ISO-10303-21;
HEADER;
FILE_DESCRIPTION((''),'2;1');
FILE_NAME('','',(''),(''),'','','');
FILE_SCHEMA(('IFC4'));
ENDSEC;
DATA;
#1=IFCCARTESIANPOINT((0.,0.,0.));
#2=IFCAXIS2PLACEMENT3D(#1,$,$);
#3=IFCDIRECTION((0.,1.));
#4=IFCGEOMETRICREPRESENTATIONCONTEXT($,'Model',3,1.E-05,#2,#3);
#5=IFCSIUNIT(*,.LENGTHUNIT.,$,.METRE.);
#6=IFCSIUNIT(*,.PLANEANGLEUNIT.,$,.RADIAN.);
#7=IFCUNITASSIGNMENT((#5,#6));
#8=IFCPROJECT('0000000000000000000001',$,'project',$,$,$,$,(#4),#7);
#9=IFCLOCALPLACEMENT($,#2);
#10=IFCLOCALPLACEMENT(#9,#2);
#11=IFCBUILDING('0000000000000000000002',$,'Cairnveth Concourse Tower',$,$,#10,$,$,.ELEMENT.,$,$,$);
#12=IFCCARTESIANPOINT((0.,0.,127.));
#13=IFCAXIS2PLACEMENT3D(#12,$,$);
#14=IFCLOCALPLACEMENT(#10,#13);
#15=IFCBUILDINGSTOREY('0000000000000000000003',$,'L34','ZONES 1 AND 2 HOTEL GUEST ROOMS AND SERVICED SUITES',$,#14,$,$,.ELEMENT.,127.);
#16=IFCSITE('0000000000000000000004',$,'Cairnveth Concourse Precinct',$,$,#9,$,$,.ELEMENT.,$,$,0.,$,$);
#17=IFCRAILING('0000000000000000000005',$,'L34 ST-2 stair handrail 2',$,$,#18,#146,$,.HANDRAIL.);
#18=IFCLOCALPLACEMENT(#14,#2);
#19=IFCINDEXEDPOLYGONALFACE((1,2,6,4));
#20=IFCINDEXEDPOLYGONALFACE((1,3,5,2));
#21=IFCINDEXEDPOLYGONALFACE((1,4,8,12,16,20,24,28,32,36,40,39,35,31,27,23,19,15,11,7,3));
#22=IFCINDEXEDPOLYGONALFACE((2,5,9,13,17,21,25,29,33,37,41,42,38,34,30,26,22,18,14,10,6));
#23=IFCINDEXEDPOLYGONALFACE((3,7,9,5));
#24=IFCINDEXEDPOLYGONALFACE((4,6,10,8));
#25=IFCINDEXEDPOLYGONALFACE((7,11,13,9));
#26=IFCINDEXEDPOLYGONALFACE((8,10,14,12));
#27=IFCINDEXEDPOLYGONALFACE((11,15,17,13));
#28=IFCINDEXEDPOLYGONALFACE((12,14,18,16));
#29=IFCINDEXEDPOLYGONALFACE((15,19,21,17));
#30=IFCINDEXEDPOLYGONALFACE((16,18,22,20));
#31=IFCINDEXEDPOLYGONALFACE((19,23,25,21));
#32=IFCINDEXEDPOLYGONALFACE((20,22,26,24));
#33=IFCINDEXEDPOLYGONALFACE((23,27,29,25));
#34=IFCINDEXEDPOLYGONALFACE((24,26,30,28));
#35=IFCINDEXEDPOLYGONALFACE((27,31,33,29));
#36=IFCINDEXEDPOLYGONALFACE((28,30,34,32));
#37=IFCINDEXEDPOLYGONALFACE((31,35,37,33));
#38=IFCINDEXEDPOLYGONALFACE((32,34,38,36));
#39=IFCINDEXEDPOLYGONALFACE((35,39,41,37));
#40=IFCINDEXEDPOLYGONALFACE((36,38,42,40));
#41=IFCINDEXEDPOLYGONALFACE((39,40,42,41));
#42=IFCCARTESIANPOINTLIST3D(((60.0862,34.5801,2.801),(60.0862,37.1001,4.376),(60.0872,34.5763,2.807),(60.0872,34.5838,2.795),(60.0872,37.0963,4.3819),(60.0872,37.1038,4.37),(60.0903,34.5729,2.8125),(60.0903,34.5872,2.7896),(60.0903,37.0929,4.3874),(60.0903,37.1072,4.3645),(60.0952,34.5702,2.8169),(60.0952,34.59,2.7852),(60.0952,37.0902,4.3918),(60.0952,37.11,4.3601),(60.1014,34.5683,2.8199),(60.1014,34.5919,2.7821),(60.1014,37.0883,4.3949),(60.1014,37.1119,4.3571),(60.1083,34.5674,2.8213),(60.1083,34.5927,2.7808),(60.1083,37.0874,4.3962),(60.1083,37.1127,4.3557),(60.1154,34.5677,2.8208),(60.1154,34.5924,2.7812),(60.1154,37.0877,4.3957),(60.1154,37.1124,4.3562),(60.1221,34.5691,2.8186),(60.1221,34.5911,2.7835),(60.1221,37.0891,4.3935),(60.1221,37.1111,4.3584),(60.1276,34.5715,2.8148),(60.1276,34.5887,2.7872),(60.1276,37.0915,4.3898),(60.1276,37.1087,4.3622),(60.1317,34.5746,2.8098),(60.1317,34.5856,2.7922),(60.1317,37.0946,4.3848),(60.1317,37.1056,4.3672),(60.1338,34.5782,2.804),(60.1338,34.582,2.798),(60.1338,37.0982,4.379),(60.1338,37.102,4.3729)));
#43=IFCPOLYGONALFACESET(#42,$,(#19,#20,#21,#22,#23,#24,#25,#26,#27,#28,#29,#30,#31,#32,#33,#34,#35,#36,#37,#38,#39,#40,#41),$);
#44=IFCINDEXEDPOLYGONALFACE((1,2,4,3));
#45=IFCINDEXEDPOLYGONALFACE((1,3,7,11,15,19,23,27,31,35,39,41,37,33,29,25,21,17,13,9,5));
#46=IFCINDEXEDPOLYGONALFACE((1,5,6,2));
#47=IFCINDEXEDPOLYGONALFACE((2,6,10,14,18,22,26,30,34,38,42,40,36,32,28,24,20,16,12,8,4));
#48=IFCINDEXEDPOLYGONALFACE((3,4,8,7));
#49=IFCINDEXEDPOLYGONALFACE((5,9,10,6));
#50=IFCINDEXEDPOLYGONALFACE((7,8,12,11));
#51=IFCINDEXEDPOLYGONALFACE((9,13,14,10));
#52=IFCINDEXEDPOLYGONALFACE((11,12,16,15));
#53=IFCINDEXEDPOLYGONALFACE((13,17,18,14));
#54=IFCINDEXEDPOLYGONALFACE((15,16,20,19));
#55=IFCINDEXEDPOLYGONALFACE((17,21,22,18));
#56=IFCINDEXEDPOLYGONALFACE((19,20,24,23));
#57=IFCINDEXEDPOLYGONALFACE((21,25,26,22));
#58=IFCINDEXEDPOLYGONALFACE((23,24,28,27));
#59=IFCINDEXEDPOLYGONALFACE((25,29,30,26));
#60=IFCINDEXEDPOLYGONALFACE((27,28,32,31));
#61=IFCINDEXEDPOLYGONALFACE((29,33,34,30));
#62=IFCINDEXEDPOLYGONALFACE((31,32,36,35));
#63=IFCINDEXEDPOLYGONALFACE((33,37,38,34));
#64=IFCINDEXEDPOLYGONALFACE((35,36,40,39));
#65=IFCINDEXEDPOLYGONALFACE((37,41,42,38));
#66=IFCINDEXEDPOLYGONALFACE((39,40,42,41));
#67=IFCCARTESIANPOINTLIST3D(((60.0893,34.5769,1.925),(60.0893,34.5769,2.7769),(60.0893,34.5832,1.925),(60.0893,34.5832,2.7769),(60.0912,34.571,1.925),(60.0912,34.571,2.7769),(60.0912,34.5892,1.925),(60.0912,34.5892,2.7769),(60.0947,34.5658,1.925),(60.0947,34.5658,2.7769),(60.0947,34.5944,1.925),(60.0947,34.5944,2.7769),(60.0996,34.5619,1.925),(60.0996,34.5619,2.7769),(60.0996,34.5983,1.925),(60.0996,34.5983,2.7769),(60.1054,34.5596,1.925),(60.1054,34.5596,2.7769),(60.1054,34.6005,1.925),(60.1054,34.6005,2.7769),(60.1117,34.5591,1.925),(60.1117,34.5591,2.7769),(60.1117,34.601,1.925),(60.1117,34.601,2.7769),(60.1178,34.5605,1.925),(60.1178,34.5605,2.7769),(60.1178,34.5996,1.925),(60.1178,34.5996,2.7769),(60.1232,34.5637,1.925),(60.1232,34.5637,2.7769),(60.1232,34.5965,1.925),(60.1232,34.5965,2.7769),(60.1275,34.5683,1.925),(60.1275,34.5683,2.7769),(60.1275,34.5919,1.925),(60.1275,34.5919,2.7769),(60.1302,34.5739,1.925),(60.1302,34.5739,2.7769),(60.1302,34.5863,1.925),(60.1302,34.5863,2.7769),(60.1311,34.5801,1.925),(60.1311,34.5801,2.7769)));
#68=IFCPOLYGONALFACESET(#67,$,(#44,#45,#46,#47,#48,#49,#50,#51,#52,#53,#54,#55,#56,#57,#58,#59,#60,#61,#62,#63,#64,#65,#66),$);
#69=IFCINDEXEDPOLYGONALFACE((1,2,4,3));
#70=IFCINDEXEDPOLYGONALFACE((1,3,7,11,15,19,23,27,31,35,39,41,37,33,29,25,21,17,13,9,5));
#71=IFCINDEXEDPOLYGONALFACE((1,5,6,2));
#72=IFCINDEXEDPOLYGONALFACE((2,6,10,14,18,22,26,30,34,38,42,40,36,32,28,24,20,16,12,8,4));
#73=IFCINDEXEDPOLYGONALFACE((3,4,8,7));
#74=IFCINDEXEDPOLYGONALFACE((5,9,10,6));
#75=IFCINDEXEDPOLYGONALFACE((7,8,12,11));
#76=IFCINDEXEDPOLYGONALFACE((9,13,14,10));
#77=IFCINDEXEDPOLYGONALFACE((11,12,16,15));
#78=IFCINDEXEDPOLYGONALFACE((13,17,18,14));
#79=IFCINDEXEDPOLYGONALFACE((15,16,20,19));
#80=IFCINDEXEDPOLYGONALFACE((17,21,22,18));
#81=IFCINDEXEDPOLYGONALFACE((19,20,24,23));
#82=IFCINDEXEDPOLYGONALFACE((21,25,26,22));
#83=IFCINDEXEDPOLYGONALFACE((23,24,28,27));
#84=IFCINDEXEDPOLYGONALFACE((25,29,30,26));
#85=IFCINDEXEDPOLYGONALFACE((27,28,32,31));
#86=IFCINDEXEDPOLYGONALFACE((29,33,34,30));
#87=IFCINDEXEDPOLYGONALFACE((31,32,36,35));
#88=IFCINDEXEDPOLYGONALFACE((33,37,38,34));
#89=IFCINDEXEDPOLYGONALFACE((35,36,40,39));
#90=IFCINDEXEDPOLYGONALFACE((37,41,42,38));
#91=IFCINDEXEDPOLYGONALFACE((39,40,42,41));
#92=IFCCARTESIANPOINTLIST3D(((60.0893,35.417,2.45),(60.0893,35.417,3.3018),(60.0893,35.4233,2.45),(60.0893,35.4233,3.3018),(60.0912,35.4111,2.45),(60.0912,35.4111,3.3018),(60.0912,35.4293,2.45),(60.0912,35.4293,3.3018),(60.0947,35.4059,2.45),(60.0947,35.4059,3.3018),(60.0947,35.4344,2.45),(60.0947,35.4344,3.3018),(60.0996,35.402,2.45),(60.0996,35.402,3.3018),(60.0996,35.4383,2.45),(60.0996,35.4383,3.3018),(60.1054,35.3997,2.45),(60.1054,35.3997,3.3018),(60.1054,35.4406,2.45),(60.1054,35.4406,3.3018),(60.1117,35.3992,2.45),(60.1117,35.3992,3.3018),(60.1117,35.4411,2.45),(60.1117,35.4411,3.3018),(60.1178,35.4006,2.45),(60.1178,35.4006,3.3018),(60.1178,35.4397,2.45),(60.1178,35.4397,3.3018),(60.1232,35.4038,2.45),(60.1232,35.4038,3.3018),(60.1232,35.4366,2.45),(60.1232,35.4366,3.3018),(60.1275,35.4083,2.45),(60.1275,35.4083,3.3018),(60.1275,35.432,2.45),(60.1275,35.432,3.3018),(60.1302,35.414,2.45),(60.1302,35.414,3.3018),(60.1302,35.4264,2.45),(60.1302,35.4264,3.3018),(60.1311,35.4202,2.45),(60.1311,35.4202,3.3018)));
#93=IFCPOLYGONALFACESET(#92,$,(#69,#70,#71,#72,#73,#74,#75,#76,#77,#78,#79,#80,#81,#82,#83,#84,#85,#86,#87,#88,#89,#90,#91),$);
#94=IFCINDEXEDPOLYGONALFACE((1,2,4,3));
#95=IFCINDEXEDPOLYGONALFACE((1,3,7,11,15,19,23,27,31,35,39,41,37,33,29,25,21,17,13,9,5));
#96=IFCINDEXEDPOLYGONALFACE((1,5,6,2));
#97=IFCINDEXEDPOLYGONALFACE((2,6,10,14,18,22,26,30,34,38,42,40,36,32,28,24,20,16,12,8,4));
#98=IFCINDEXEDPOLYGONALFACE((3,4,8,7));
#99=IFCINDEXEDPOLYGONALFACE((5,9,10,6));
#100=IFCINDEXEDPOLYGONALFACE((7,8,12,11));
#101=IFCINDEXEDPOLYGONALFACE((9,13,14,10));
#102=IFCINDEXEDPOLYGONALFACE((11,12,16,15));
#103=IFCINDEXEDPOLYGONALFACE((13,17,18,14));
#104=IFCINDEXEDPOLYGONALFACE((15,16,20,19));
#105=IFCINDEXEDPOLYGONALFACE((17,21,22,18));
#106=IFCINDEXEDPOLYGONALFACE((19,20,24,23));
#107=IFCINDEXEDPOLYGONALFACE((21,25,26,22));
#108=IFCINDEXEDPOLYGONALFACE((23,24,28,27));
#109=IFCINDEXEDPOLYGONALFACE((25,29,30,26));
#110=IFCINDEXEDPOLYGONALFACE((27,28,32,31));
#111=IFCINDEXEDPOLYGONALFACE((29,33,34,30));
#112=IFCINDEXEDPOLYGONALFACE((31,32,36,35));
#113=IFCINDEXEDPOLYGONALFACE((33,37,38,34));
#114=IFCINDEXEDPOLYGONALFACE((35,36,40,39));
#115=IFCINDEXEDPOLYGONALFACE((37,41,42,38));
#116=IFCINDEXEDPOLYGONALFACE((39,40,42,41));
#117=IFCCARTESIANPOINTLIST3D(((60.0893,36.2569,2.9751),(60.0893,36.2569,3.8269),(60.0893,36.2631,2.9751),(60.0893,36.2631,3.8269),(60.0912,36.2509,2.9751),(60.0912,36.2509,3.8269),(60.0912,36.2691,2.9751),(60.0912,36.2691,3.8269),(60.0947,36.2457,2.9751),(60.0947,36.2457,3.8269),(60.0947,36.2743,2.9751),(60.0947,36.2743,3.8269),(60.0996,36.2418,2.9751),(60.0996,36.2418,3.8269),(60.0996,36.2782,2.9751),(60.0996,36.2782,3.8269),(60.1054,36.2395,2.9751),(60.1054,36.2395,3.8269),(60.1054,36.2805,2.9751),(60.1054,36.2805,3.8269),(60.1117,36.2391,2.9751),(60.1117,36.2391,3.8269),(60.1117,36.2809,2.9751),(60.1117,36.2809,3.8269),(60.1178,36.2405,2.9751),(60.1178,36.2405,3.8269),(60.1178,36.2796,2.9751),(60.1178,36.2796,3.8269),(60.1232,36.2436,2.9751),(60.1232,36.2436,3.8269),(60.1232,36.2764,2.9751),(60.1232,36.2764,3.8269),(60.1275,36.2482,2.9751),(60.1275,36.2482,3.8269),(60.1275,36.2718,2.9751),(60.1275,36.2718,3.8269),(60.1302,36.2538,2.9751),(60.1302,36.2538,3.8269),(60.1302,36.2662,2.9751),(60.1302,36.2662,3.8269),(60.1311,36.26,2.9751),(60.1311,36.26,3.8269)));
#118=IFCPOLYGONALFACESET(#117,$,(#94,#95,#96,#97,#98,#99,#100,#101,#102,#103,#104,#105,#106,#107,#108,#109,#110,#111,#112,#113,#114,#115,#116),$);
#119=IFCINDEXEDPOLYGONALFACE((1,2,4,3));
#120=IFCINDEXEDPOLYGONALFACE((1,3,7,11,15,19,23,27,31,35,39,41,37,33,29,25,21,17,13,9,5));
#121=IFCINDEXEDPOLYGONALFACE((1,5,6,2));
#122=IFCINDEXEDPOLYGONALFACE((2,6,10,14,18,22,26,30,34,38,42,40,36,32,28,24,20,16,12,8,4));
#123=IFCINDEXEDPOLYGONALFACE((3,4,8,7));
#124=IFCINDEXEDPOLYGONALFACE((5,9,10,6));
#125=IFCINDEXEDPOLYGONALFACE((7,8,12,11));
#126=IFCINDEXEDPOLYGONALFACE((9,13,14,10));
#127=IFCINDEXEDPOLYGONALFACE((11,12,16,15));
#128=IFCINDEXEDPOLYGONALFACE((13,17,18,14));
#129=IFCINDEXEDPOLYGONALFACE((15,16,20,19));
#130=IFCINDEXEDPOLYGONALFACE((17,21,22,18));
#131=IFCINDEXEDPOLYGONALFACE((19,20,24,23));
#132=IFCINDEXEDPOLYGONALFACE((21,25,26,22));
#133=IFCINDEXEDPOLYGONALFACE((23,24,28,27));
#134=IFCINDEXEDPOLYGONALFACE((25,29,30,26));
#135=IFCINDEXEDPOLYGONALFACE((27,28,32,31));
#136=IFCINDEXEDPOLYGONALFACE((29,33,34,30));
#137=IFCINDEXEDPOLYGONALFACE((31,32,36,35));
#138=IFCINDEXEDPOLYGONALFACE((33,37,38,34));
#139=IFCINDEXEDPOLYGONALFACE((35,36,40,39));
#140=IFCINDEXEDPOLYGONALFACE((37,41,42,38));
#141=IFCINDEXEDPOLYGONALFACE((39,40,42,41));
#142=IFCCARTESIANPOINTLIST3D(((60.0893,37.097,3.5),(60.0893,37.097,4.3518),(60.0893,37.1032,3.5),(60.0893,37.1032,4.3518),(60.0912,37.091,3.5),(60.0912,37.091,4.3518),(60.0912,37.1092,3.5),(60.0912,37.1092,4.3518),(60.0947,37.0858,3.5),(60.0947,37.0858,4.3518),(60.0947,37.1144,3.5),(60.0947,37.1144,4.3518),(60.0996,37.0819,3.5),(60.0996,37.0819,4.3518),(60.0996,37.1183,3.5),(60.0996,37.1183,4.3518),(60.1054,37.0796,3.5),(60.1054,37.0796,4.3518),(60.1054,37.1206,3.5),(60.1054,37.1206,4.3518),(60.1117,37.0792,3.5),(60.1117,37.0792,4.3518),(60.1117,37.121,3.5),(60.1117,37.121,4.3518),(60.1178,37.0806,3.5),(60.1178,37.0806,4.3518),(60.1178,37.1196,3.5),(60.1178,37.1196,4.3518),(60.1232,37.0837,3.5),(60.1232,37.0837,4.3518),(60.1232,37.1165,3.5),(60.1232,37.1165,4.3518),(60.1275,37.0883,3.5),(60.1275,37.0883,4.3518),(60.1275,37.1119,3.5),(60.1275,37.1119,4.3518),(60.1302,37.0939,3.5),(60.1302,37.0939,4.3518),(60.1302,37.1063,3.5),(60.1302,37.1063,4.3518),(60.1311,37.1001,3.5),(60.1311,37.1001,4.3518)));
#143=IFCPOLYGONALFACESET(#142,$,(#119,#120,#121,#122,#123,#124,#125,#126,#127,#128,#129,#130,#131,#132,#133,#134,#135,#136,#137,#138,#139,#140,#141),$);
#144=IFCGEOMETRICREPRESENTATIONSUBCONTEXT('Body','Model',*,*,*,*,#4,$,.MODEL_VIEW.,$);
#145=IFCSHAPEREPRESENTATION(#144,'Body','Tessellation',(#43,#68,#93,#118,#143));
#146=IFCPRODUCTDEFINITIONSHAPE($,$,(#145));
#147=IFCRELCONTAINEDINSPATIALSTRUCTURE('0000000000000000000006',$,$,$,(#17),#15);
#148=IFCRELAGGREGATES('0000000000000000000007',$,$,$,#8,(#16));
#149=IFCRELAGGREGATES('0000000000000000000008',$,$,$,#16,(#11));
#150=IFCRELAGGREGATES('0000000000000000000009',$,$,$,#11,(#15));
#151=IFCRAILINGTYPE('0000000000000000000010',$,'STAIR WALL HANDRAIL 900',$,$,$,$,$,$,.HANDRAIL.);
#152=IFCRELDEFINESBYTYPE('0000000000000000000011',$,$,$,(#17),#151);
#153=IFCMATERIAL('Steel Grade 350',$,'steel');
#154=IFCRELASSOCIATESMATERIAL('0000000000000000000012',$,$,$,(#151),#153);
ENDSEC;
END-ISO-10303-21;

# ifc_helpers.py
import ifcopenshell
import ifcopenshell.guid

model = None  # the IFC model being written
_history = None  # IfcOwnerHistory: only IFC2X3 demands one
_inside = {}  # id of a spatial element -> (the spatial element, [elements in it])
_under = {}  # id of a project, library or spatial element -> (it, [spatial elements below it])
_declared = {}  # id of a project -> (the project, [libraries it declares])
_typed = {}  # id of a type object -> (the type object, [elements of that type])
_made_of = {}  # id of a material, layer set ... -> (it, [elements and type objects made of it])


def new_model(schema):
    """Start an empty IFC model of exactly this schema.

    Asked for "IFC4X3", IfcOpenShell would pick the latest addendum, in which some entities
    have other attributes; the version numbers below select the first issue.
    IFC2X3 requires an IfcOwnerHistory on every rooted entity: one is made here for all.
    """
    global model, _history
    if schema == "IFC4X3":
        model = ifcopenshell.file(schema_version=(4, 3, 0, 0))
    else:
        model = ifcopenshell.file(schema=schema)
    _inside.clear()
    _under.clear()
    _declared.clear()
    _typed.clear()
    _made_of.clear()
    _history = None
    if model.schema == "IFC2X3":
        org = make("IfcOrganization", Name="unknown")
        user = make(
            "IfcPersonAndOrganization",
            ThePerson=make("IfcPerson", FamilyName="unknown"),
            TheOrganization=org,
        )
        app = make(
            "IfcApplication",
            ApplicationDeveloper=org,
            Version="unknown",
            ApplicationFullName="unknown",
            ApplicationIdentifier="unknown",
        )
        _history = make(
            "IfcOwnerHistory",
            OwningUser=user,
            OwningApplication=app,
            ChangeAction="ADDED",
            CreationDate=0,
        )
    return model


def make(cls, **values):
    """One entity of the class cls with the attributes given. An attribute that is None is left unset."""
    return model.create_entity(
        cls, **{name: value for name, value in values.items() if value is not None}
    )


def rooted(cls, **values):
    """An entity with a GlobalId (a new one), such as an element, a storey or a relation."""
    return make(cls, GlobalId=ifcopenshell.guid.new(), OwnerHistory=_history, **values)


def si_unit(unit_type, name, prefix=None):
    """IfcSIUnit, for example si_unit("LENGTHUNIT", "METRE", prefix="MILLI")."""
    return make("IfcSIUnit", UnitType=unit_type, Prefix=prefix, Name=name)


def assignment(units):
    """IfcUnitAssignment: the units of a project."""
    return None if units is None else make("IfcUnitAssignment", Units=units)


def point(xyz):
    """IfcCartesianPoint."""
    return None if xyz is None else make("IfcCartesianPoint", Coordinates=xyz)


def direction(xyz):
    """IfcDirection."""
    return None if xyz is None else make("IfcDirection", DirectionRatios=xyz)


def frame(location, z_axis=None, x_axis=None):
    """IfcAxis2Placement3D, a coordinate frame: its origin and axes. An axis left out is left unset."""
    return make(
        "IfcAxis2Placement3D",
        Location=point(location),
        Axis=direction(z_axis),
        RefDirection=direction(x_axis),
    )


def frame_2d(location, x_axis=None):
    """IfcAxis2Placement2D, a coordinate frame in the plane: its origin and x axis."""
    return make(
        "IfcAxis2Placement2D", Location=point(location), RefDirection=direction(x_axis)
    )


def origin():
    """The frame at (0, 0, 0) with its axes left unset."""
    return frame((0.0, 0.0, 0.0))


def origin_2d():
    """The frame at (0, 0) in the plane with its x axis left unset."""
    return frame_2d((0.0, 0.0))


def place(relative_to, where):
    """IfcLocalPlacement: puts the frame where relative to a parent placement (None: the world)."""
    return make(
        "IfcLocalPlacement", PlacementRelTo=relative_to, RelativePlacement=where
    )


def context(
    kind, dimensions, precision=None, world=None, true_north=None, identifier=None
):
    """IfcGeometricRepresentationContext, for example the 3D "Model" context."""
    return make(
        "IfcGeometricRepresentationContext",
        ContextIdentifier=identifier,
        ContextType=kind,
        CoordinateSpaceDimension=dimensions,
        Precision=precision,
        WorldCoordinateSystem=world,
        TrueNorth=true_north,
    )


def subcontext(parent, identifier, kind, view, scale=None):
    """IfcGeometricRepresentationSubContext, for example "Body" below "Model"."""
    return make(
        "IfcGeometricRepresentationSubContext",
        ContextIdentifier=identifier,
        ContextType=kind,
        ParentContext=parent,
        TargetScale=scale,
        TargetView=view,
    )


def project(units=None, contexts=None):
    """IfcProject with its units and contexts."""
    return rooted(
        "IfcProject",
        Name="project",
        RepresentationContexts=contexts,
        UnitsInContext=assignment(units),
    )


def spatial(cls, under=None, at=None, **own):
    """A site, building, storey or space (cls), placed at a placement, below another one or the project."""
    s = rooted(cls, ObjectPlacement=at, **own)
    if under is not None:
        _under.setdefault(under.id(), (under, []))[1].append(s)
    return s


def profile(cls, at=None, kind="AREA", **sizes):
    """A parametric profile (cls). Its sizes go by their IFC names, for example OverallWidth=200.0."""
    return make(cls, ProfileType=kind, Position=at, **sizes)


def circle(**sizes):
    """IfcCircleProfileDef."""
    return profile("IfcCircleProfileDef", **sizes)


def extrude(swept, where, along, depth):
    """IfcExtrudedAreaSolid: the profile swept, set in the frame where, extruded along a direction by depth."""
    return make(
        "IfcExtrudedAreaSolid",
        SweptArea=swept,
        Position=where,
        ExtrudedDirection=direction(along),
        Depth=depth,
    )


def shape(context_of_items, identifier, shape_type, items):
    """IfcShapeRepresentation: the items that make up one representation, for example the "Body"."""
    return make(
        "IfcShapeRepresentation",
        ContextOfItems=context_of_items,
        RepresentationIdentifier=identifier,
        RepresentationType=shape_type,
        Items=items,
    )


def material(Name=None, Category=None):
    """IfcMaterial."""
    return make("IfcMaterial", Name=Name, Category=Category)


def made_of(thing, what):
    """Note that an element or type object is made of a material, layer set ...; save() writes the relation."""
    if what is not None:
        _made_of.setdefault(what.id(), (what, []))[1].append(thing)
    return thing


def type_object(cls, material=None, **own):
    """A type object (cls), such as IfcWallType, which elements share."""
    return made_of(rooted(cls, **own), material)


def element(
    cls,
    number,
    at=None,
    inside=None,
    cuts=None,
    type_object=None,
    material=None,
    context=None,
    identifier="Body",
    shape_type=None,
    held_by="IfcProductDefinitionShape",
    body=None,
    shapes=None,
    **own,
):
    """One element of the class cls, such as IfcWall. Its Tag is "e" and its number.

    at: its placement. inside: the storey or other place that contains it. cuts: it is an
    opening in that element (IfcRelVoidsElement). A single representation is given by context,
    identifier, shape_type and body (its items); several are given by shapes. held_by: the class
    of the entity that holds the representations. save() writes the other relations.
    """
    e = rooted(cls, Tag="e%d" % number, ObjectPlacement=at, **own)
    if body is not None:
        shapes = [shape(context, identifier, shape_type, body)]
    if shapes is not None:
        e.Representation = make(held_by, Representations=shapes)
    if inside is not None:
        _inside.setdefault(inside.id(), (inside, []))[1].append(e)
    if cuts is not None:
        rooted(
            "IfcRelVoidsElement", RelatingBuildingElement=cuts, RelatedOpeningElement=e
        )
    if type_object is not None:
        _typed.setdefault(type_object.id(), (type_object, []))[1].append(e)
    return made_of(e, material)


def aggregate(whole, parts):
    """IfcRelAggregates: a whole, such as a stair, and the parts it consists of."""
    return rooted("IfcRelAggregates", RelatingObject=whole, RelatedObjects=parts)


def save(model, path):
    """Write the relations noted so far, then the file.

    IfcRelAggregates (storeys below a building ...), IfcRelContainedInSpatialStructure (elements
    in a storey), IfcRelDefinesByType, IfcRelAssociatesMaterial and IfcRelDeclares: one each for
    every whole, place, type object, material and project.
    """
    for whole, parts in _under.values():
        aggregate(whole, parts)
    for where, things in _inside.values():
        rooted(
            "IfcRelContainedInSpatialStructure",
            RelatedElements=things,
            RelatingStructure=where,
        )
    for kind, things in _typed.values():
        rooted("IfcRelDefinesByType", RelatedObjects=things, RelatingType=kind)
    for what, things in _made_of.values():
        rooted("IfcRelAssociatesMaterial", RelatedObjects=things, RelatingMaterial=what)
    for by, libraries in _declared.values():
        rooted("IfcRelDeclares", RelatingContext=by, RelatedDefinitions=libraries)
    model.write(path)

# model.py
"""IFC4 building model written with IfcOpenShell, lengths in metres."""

from ifc_helpers import new_model, si_unit, direction, frame, origin, origin_2d, place, context, subcontext, project, spatial, circle, extrude, material, type_object, element, save


model = new_model("IFC4")

# Units and contexts
model_context = context("Model", 3, precision=1e-05, world=origin(), true_north=direction((0.0, 1.0)))
body_context = subcontext(model_context, "Body", "Model", "MODEL_VIEW")
ifc_project = project(units=[si_unit("LENGTHUNIT", "METRE"), si_unit("PLANEANGLEUNIT", "RADIAN")], contexts=[model_context])

# Site, building, storey
site_placement = place(None, origin())
site = spatial("IfcSite", under=ifc_project, at=site_placement, Name="Cairnveth Concourse Precinct", CompositionType="ELEMENT", RefElevation=0.0)
building_placement = place(site_placement, origin())
building = spatial("IfcBuilding", under=site, at=building_placement, Name="Cairnveth Concourse Tower", CompositionType="ELEMENT")
storey_placement = place(building_placement, frame((0.0, 0.0, 127.0)))
storey = spatial("IfcBuildingStorey", under=building, at=storey_placement, Name="L34", Description="ZONES 1 AND 2 HOTEL GUEST ROOMS AND SERVICED SUITES", CompositionType="ELEMENT", Elevation=127.0)

# Shared definitions
ifc_material_1 = material(Name="Steel Grade 350", Category="steel")

# Railing
railing_type_1 = type_object("IfcRailingType", Name="STAIR WALL HANDRAIL 900", PredefinedType="HANDRAIL", material=ifc_material_1)
railing_1_placement = place(storey_placement, frame((60.1101, 34.5801, 1.925)))
element("IfcRailing", 1, at=railing_1_placement, inside=storey, type_object=railing_type_1, Name="L34 ST-2 stair handrail 2", PredefinedType="HANDRAIL", context=body_context, shape_type="SweptSolid", body=[
    extrude(circle(Radius=0.0239, at=origin_2d()), frame((0.0, 0.0, 0.876), z_axis=(0.0, 0.848008, 0.529984), x_axis=(-1.0, 0.0, 0.0)), (0.0, 0.0, 1.0), 2.9717),
    extrude(circle(Radius=0.021, at=origin_2d()), origin(), (0.0, 0.0, 1.0), 0.8518),
    extrude(circle(Radius=0.021, at=origin_2d()), frame((0.0, 0.8401, 0.5249)), (0.0, 0.0, 1.0), 0.8518),
    extrude(circle(Radius=0.021, at=origin_2d()), frame((0.0, 1.6799, 1.05)), (0.0, 0.0, 1.0), 0.8518),
    extrude(circle(Radius=0.021, at=origin_2d()), frame((0.0, 2.52, 1.575)), (0.0, 0.0, 1.0), 0.8518),
])

save(model, "model.ifc")
